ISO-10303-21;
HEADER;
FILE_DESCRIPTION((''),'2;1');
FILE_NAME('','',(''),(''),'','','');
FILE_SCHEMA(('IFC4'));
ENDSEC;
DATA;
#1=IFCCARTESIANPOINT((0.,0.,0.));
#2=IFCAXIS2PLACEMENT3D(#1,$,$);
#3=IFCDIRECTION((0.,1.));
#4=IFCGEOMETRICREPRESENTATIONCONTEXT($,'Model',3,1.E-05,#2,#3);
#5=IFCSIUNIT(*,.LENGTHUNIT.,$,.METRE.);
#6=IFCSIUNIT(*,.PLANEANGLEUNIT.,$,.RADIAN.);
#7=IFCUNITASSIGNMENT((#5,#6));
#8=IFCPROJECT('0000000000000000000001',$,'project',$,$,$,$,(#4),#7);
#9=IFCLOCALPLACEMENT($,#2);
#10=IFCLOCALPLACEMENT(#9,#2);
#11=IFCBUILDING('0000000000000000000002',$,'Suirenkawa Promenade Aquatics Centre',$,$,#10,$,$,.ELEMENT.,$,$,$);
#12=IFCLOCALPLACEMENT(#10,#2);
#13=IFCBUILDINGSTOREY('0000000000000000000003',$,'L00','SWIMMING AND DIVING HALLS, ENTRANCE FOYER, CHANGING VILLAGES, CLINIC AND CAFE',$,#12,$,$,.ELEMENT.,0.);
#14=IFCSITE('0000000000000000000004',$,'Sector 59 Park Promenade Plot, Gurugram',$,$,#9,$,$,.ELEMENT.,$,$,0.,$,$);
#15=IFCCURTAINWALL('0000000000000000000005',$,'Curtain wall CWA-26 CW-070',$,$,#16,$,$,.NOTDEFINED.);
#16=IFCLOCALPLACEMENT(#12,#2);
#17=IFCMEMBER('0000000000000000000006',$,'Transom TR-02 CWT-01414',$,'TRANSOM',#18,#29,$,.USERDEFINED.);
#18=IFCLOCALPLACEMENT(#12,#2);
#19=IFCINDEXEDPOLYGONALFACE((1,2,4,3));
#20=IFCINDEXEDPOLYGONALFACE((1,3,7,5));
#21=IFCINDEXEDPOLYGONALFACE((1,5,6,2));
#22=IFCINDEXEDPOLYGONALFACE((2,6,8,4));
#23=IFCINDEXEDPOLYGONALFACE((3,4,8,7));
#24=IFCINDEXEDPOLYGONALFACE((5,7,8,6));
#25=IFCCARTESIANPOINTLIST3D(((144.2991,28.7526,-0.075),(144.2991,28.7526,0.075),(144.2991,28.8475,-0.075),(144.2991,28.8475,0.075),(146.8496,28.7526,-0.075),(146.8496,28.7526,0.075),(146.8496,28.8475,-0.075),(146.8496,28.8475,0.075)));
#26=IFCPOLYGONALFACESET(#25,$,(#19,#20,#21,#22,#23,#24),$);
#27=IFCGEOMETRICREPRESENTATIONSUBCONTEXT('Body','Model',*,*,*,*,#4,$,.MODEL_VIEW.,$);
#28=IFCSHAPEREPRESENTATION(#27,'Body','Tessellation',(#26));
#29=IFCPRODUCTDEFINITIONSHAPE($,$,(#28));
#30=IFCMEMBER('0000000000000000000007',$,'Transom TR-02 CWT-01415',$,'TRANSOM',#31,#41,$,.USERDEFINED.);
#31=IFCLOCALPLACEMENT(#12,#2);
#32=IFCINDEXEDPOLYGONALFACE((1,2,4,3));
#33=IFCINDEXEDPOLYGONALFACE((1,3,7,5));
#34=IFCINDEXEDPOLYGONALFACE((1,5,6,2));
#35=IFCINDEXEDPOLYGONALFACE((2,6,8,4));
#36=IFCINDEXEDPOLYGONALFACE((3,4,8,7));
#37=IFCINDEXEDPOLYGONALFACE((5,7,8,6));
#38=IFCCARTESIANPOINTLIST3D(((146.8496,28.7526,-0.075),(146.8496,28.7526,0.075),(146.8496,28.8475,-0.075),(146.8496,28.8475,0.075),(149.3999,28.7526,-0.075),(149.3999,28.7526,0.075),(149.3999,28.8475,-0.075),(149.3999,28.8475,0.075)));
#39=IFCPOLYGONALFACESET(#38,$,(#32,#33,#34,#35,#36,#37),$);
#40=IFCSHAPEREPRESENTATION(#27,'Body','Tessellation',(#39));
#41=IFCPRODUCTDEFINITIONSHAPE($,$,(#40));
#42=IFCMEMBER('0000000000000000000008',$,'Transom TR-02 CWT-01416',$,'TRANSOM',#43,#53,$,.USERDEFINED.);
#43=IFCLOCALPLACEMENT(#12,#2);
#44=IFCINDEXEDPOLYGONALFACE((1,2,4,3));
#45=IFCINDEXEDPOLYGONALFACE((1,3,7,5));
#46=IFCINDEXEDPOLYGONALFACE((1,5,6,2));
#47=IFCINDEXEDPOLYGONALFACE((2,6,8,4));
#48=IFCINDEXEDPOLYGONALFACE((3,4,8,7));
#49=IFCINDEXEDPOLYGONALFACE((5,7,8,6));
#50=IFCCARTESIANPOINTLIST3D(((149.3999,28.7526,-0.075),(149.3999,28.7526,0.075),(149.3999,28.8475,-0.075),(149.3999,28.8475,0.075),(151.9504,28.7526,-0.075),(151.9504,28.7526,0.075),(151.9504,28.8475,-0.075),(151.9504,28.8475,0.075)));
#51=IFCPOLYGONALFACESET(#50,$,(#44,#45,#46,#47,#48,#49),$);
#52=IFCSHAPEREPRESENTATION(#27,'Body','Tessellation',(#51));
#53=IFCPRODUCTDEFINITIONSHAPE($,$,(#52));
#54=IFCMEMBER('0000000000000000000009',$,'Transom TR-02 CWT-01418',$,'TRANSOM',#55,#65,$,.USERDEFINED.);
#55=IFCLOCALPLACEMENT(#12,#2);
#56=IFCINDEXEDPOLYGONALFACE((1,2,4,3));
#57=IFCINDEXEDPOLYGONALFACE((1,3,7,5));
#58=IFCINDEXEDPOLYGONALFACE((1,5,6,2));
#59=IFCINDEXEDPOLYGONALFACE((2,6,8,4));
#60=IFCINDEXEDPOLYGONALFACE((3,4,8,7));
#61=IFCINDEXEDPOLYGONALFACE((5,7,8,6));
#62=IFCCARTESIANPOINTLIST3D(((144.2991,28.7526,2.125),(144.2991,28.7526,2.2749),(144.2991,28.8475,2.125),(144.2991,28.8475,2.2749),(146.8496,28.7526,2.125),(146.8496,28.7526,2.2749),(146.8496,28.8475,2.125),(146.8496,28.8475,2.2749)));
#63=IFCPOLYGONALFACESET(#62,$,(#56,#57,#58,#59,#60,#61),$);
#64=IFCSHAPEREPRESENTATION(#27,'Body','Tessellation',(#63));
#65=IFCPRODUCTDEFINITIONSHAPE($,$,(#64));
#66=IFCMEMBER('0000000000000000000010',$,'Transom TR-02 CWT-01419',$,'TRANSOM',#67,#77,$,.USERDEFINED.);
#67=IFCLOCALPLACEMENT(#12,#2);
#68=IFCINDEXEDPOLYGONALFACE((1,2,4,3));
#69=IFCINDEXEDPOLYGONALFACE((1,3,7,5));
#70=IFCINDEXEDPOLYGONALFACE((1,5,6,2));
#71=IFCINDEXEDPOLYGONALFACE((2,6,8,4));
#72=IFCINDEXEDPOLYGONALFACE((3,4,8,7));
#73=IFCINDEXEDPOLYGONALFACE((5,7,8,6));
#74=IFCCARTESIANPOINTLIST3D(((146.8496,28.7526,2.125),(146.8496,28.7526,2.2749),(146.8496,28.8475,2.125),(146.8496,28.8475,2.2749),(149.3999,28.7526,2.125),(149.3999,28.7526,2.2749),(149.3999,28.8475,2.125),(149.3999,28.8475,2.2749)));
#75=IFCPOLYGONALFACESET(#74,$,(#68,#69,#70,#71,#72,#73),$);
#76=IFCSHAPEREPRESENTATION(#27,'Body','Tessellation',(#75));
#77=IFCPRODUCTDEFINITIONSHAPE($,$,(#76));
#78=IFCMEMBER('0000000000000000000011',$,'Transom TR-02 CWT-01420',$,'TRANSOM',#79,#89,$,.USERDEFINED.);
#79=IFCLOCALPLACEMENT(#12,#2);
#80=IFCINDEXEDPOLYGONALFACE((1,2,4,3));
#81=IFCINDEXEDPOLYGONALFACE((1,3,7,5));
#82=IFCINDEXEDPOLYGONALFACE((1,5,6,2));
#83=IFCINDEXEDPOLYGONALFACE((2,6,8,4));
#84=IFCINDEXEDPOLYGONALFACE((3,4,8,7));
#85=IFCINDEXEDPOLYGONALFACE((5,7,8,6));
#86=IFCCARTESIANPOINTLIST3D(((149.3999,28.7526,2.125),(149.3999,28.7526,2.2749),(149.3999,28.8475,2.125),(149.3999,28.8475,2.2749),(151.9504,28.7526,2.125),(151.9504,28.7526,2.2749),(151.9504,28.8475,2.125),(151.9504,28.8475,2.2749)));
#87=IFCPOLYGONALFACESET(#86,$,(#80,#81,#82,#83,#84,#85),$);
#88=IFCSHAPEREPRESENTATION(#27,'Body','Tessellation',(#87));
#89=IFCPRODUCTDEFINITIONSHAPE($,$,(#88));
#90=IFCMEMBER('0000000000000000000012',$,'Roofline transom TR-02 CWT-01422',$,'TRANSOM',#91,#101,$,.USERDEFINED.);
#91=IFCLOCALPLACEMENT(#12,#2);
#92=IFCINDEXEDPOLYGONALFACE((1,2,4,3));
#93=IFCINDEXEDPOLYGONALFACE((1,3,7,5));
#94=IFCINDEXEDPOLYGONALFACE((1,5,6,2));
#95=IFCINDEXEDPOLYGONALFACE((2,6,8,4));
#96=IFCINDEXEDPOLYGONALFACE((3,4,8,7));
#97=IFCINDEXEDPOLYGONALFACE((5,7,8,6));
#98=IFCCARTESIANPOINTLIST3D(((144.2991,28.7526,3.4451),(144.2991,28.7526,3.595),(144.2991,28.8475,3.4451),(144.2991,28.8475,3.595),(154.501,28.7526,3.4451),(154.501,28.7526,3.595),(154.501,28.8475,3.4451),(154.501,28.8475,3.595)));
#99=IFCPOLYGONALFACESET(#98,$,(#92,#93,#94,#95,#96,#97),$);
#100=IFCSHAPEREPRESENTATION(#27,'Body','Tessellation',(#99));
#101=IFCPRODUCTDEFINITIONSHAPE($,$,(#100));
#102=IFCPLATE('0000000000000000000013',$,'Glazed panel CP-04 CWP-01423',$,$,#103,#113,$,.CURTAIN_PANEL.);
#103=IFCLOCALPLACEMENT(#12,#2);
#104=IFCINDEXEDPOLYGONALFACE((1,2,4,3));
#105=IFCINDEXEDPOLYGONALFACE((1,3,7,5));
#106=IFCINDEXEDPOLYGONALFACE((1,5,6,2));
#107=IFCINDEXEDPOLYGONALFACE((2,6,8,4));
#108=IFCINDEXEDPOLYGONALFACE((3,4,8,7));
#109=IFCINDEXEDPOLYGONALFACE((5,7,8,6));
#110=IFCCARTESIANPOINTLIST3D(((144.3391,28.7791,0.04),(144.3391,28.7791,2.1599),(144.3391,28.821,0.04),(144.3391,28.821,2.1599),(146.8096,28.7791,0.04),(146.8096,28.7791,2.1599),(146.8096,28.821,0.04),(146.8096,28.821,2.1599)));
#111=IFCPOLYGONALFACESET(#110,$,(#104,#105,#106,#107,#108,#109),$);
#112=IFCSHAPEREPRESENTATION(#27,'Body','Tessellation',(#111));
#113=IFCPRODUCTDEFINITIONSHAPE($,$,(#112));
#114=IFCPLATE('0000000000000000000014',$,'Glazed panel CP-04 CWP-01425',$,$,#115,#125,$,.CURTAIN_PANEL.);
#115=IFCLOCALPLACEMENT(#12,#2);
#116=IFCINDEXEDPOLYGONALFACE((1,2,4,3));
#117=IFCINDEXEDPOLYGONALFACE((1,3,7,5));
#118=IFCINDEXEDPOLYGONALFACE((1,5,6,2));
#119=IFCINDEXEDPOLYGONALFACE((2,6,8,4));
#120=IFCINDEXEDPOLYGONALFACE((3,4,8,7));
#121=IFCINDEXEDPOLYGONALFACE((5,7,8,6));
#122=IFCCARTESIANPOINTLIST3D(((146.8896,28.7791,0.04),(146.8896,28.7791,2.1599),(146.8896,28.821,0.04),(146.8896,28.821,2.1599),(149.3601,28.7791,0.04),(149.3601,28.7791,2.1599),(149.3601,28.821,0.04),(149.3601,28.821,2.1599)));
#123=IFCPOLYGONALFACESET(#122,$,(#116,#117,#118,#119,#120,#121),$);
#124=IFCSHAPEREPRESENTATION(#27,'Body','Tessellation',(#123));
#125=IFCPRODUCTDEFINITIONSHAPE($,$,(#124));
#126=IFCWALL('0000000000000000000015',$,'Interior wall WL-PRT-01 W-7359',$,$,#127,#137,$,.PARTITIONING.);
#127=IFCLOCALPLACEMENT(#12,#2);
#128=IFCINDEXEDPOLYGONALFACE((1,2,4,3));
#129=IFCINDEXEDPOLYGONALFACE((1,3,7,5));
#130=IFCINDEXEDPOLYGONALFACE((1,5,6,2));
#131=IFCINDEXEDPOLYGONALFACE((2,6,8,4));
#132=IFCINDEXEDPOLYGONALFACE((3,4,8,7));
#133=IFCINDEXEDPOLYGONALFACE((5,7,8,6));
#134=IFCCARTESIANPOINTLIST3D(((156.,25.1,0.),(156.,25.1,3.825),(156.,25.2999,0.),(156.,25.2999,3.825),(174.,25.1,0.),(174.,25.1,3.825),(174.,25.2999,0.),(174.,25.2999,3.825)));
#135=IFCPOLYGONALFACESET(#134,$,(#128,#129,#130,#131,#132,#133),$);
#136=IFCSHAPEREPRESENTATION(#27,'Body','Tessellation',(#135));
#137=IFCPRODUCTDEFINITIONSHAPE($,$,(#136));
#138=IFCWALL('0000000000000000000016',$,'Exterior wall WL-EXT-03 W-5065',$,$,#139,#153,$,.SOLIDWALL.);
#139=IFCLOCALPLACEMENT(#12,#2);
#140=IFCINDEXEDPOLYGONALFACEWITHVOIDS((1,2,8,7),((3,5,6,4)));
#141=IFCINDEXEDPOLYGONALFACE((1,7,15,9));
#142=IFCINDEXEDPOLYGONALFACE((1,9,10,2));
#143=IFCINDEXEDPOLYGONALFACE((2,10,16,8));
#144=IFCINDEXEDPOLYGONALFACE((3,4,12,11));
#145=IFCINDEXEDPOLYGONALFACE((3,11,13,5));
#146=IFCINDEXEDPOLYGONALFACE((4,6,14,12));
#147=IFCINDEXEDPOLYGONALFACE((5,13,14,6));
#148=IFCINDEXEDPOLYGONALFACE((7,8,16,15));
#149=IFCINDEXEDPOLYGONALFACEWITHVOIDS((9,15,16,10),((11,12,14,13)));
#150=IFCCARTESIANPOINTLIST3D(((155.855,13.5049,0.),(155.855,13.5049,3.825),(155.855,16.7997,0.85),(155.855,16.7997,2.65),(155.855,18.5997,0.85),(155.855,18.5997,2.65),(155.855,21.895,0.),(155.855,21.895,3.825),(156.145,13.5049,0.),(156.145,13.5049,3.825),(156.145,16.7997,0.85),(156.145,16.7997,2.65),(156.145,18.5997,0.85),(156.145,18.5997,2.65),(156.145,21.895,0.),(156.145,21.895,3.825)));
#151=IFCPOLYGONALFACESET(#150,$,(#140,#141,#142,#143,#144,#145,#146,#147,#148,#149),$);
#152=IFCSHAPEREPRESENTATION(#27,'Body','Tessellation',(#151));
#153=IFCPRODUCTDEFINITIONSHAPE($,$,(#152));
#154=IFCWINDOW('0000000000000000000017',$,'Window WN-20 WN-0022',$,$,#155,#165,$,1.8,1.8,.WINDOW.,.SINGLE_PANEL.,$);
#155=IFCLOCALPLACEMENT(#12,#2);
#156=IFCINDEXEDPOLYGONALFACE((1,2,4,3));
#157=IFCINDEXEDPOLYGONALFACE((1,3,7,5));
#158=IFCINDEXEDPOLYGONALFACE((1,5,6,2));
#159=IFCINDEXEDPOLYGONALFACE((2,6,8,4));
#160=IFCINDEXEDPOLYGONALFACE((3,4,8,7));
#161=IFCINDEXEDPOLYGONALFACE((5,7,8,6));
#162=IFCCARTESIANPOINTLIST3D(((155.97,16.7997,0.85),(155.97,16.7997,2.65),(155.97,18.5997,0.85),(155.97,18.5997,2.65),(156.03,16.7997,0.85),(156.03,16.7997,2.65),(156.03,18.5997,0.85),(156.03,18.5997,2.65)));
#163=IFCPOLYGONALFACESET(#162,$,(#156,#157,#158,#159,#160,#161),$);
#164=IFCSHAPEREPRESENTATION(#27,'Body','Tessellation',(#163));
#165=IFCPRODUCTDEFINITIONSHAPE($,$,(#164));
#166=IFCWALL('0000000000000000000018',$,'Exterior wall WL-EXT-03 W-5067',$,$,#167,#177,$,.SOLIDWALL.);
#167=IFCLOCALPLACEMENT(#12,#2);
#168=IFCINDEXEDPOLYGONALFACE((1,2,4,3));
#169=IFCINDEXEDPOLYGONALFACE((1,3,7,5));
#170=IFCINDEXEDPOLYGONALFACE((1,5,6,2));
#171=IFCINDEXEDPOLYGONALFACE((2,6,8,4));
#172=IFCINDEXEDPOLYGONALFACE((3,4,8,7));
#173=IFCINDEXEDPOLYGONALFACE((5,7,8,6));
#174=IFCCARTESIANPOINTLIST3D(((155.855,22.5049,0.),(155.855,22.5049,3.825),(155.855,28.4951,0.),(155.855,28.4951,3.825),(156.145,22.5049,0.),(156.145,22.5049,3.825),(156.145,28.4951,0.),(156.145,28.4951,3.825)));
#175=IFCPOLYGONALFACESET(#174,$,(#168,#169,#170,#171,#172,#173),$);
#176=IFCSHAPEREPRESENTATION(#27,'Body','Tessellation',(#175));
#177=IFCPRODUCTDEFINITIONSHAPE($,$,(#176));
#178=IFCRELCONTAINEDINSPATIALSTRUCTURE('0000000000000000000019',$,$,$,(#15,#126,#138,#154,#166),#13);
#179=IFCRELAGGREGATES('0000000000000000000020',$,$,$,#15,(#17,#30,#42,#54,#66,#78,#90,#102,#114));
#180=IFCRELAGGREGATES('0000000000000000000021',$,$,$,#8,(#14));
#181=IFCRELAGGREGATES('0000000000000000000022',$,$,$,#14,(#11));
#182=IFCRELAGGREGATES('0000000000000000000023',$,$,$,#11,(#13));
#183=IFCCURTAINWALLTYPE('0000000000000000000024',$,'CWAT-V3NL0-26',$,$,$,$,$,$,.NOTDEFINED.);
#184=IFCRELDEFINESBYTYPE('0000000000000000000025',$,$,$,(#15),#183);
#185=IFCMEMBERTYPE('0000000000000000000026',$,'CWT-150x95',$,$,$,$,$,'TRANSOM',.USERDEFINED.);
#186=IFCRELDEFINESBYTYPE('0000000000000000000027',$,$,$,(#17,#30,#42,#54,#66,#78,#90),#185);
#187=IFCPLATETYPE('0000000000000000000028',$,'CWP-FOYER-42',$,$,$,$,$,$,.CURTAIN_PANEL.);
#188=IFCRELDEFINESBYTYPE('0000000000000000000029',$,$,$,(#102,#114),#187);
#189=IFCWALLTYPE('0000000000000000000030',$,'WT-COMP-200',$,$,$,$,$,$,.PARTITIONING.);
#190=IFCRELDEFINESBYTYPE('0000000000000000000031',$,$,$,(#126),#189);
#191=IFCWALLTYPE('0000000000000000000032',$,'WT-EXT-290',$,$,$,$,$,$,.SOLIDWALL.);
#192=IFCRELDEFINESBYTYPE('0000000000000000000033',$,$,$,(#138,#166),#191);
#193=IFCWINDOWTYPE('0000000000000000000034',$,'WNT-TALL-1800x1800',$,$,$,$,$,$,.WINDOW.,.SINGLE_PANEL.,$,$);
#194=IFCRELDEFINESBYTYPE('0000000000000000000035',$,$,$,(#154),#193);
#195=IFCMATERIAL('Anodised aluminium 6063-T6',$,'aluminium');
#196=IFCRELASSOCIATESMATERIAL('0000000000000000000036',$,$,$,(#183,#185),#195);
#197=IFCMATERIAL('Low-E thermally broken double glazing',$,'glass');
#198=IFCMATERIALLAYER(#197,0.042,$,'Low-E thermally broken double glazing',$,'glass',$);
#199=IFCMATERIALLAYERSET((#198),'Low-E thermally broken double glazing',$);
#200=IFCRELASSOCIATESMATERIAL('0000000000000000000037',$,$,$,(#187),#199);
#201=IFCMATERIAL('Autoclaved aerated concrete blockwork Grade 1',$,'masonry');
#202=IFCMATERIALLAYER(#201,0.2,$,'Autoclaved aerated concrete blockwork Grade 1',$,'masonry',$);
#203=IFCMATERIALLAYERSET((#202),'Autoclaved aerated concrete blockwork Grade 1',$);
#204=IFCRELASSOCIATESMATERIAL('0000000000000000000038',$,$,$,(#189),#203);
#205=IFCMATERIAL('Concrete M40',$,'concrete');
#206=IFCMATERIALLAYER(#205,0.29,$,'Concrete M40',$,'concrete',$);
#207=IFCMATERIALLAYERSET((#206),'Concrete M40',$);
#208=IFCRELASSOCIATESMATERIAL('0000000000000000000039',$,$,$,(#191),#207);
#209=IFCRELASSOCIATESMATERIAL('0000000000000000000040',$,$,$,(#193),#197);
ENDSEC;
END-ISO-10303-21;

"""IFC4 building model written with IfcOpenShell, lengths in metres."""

from ifc_helpers import new_model, si_unit, direction, frame, frame_2d, origin, origin_2d, place, context, subcontext, project, spatial, polyline, rectangle, outline, extrude, material, layer, layer_set, material_profile, profile_set, type_object, element, fill, aggregate, save


model = new_model("IFC4")

# Units and contexts
model_context = context("Model", 3, precision=1e-05, world=origin(), true_north=direction((0.0, 1.0)))
body_context = subcontext(model_context, "Body", "Model", "MODEL_VIEW")
ifc_project = project(units=[si_unit("LENGTHUNIT", "METRE"), si_unit("PLANEANGLEUNIT", "RADIAN")], contexts=[model_context])

# Site, building, storey
site_placement = place(None, origin())
site = spatial("IfcSite", under=ifc_project, at=site_placement, Name="Sector 59 Park Promenade Plot, Gurugram", CompositionType="ELEMENT", RefElevation=0.0)
building_placement = place(site_placement, origin())
building = spatial("IfcBuilding", under=site, at=building_placement, Name="Suirenkawa Promenade Aquatics Centre", CompositionType="ELEMENT")
storey_placement = place(building_placement, origin())
storey = spatial("IfcBuildingStorey", under=building, at=storey_placement, Name="L00", Description="SWIMMING AND DIVING HALLS, ENTRANCE FOYER, CHANGING VILLAGES, CLINIC AND CAFE", CompositionType="ELEMENT", Elevation=0.0)

# Shared definitions
ifc_material_1 = material(Name="Concrete M40", Category="concrete")

# Curtain wall, members, plates
ifc_material_2 = material(Name="Anodised aluminium 6063-T6", Category="aluminium")
curtain_wall_type = type_object("IfcCurtainWallType", Name="CWAT-V3NL0-26", PredefinedType="NOTDEFINED", material=ifc_material_2)
curtain_wall_placement = place(storey_placement, origin())
curtain_wall = element("IfcCurtainWall", 1, at=curtain_wall_placement, inside=storey, type_object=curtain_wall_type, Name="Curtain wall CWA-26 CW-070", PredefinedType="NOTDEFINED")
ifc_material_profile_1 = material_profile(ifc_material_2, rectangle(XDim=0.095, YDim=0.1499, at=origin_2d()), Name="ALU TRAN 95x150", Category="aluminium")
ifc_profile_set_1 = profile_set([ifc_material_profile_1], Name="Anodised aluminium 6063-T6")
member_type_1 = type_object("IfcMemberType", Name="CWT-150x95", ElementType="TRANSOM", PredefinedType="USERDEFINED", material=ifc_profile_set_1)
member_1_placement = place(storey_placement, frame((144.2991, 28.8, 0.0), z_axis=(1.0, 0.0, 0.0), x_axis=(0.0, 1.0, 0.0)))
member_1 = element("IfcMember", 2, at=member_1_placement, type_object=member_type_1, Name="Transom TR-02 CWT-01414", ObjectType="TRANSOM", PredefinedType="USERDEFINED", context=body_context, shape_type="SweptSolid", body=[
    extrude(rectangle(XDim=0.095, YDim=0.1499, at=origin_2d()), origin(), (0.0, 0.0, 1.0), 2.5505),
])
member_2_placement = place(storey_placement, frame((146.8496, 28.8, 0.0), z_axis=(1.0, 0.0, 0.0), x_axis=(0.0, 1.0, 0.0)))
member_2 = element("IfcMember", 3, at=member_2_placement, type_object=member_type_1, Name="Transom TR-02 CWT-01415", ObjectType="TRANSOM", PredefinedType="USERDEFINED", context=body_context, shape_type="SweptSolid", body=[
    extrude(rectangle(XDim=0.095, YDim=0.1499, at=origin_2d()), origin(), (0.0, 0.0, 1.0), 2.5503),
])
member_3_placement = place(storey_placement, frame((149.3999, 28.8, 0.0), z_axis=(1.0, 0.0, 0.0), x_axis=(0.0, 1.0, 0.0)))
member_3 = element("IfcMember", 4, at=member_3_placement, type_object=member_type_1, Name="Transom TR-02 CWT-01416", ObjectType="TRANSOM", PredefinedType="USERDEFINED", context=body_context, shape_type="SweptSolid", body=[
    extrude(rectangle(XDim=0.095, YDim=0.1499, at=origin_2d()), origin(), (0.0, 0.0, 1.0), 2.5505),
])
member_4_placement = place(storey_placement, frame((144.2991, 28.8, 2.2), z_axis=(1.0, 0.0, 0.0), x_axis=(0.0, 1.0, 0.0)))
member_4 = element("IfcMember", 5, at=member_4_placement, type_object=member_type_1, Name="Transom TR-02 CWT-01418", ObjectType="TRANSOM", PredefinedType="USERDEFINED", context=body_context, shape_type="SweptSolid", body=[
    extrude(rectangle(XDim=0.095, YDim=0.1499, at=origin_2d()), origin(), (0.0, 0.0, 1.0), 2.5505),
])
member_5_placement = place(storey_placement, frame((146.8496, 28.8, 2.2), z_axis=(1.0, 0.0, 0.0), x_axis=(0.0, 1.0, 0.0)))
member_5 = element("IfcMember", 6, at=member_5_placement, type_object=member_type_1, Name="Transom TR-02 CWT-01419", ObjectType="TRANSOM", PredefinedType="USERDEFINED", context=body_context, shape_type="SweptSolid", body=[
    extrude(rectangle(XDim=0.095, YDim=0.1499, at=origin_2d()), origin(), (0.0, 0.0, 1.0), 2.5503),
])
member_6_placement = place(storey_placement, frame((149.3999, 28.8, 2.2), z_axis=(1.0, 0.0, 0.0), x_axis=(0.0, 1.0, 0.0)))
member_6 = element("IfcMember", 7, at=member_6_placement, type_object=member_type_1, Name="Transom TR-02 CWT-01420", ObjectType="TRANSOM", PredefinedType="USERDEFINED", context=body_context, shape_type="SweptSolid", body=[
    extrude(rectangle(XDim=0.095, YDim=0.1499, at=origin_2d()), origin(), (0.0, 0.0, 1.0), 2.5505),
])
member_7_placement = place(storey_placement, frame((144.2991, 28.8, 3.52), z_axis=(1.0, 0.0, 0.0), x_axis=(0.0, 1.0, 0.0)))
member_7 = element("IfcMember", 8, at=member_7_placement, type_object=member_type_1, Name="Roofline transom TR-02 CWT-01422", ObjectType="TRANSOM", PredefinedType="USERDEFINED", context=body_context, shape_type="SweptSolid", body=[
    extrude(rectangle(XDim=0.095, YDim=0.1499, at=origin_2d()), origin(), (0.0, 0.0, 1.0), 10.2019),
])
ifc_material_3 = material(Name="Low-E thermally broken double glazing", Category="glass")
ifc_layer_1 = layer(ifc_material_3, 0.042, Name="Low-E thermally broken double glazing", Category="glass")
ifc_layer_set_1 = layer_set([ifc_layer_1], Name="Low-E thermally broken double glazing")
plate_type = type_object("IfcPlateType", Name="CWP-FOYER-42", PredefinedType="CURTAIN_PANEL", material=ifc_layer_set_1)
plate_1_placement = place(storey_placement, frame((144.2991, 28.8, 0.04), z_axis=(0.0, 0.0, 1.0), x_axis=(1.0, 0.0, 0.0)))
plate_1 = element("IfcPlate", 9, at=plate_1_placement, type_object=plate_type, Name="Glazed panel CP-04 CWP-01423", PredefinedType="CURTAIN_PANEL", context=body_context, shape_type="SweptSolid", body=[
    extrude(outline(polyline([(0.04, 0.0), (2.5105, 0.0), (2.5105, 2.1199), (0.04, 2.1199), (0.04, 0.0)])), frame((0.0, 0.021, 0.0), z_axis=(0.0, -1.0, 0.0), x_axis=(1.0, 0.0, 0.0)), (0.0, 0.0, 1.0), 0.042),
])
plate_2_placement = place(storey_placement, frame((146.8496, 28.8, 0.04), z_axis=(0.0, 0.0, 1.0), x_axis=(1.0, 0.0, 0.0)))
plate_2 = element("IfcPlate", 10, at=plate_2_placement, type_object=plate_type, Name="Glazed panel CP-04 CWP-01425", PredefinedType="CURTAIN_PANEL", context=body_context, shape_type="SweptSolid", body=[
    extrude(outline(polyline([(0.04, 0.0), (2.5105, 0.0), (2.5105, 2.1199), (0.04, 2.1199), (0.04, 0.0)])), frame((0.0, 0.021, 0.0), z_axis=(0.0, -1.0, 0.0), x_axis=(1.0, 0.0, 0.0)), (0.0, 0.0, 1.0), 0.042),
])
aggregate(curtain_wall, [member_1, member_2, member_3, member_4, member_5, member_6, member_7, plate_1, plate_2])

# Wall
ifc_material_4 = material(Name="Autoclaved aerated concrete blockwork Grade 1", Category="masonry")
ifc_layer_2 = layer(ifc_material_4, 0.2, Name="Autoclaved aerated concrete blockwork Grade 1", Category="masonry")
ifc_layer_set_2 = layer_set([ifc_layer_2], Name="Autoclaved aerated concrete blockwork Grade 1")
wall_type_1 = type_object("IfcWallType", Name="WT-COMP-200", PredefinedType="PARTITIONING", material=ifc_layer_set_2)
wall_1_placement = place(storey_placement, frame((156.0, 25.2, 0.0), z_axis=(0.0, 0.0, 1.0), x_axis=(1.0, 0.0, 0.0)))
element("IfcWall", 11, at=wall_1_placement, inside=storey, type_object=wall_type_1, Name="Interior wall WL-PRT-01 W-7359", PredefinedType="PARTITIONING", context=body_context, shape_type="SweptSolid", body=[
    extrude(rectangle(XDim=18.0, YDim=0.2, at=frame_2d((9.0, 0.0))), origin(), (0.0, 0.0, 1.0), 3.825),
])

# Shared definitions
ifc_layer_3 = layer(ifc_material_1, 0.29, Name="Concrete M40", Category="concrete")
ifc_layer_set_3 = layer_set([ifc_layer_3], Name="Concrete M40")
wall_type_2 = type_object("IfcWallType", Name="WT-EXT-290", PredefinedType="SOLIDWALL", material=ifc_layer_set_3)

# Wall, opening, window
wall_2_placement = place(storey_placement, frame((156.0, 13.5049, 0.0), z_axis=(0.0, 0.0, 1.0), x_axis=(0.0, 1.0, 0.0)))
wall_2 = element("IfcWall", 12, at=wall_2_placement, inside=storey, type_object=wall_type_2, Name="Exterior wall WL-EXT-03 W-5065", PredefinedType="SOLIDWALL", context=body_context, shape_type="SweptSolid", body=[
    extrude(rectangle(XDim=8.3901, YDim=0.29, at=frame_2d((4.1951, 0.0))), origin(), (0.0, 0.0, 1.0), 3.825),
])
opening_1_placement = place(wall_2_placement, frame((3.2949, 0.0, 0.8501)))
opening_1 = element("IfcOpeningElement", 13, at=opening_1_placement, cuts=wall_2, PredefinedType="OPENING", context=body_context, shape_type="SweptSolid", body=[
    extrude(rectangle(XDim=1.8, YDim=1.8, at=frame_2d((0.8999, 0.8999))), frame((0.0, 0.155, 0.0), z_axis=(0.0, -1.0, 0.0), x_axis=(1.0, 0.0, 0.0)), (0.0, 0.0, 1.0), 0.3101),
])
window_type = type_object("IfcWindowType", Name="WNT-TALL-1800x1800", PartitioningType="SINGLE_PANEL", PredefinedType="WINDOW", material=ifc_material_3)
window_placement = place(opening_1_placement, origin())
window = element("IfcWindow", 14, at=window_placement, inside=storey, type_object=window_type, Name="Window WN-20 WN-0022", OverallHeight=1.8, OverallWidth=1.8, PartitioningType="SINGLE_PANEL", PredefinedType="WINDOW", context=body_context, shape_type="SweptSolid", body=[
    extrude(rectangle(XDim=1.8, YDim=1.8, at=frame_2d((0.8999, 0.8999))), frame((0.0, 0.03, 0.0), z_axis=(0.0, -1.0, 0.0), x_axis=(1.0, 0.0, 0.0)), (0.0, 0.0, 1.0), 0.0601),
])
fill(opening_1, window)

# Wall
wall_3_placement = place(storey_placement, frame((156.0, 22.5049, 0.0), z_axis=(0.0, 0.0, 1.0), x_axis=(0.0, 1.0, 0.0)))
element("IfcWall", 15, at=wall_3_placement, inside=storey, type_object=wall_type_2, Name="Exterior wall WL-EXT-03 W-5067", PredefinedType="SOLIDWALL", context=body_context, shape_type="SweptSolid", body=[
    extrude(rectangle(XDim=5.9902, YDim=0.29, at=frame_2d((2.9951, 0.0))), origin(), (0.0, 0.0, 1.0), 3.825),
])

save(model, "model.ifc")
